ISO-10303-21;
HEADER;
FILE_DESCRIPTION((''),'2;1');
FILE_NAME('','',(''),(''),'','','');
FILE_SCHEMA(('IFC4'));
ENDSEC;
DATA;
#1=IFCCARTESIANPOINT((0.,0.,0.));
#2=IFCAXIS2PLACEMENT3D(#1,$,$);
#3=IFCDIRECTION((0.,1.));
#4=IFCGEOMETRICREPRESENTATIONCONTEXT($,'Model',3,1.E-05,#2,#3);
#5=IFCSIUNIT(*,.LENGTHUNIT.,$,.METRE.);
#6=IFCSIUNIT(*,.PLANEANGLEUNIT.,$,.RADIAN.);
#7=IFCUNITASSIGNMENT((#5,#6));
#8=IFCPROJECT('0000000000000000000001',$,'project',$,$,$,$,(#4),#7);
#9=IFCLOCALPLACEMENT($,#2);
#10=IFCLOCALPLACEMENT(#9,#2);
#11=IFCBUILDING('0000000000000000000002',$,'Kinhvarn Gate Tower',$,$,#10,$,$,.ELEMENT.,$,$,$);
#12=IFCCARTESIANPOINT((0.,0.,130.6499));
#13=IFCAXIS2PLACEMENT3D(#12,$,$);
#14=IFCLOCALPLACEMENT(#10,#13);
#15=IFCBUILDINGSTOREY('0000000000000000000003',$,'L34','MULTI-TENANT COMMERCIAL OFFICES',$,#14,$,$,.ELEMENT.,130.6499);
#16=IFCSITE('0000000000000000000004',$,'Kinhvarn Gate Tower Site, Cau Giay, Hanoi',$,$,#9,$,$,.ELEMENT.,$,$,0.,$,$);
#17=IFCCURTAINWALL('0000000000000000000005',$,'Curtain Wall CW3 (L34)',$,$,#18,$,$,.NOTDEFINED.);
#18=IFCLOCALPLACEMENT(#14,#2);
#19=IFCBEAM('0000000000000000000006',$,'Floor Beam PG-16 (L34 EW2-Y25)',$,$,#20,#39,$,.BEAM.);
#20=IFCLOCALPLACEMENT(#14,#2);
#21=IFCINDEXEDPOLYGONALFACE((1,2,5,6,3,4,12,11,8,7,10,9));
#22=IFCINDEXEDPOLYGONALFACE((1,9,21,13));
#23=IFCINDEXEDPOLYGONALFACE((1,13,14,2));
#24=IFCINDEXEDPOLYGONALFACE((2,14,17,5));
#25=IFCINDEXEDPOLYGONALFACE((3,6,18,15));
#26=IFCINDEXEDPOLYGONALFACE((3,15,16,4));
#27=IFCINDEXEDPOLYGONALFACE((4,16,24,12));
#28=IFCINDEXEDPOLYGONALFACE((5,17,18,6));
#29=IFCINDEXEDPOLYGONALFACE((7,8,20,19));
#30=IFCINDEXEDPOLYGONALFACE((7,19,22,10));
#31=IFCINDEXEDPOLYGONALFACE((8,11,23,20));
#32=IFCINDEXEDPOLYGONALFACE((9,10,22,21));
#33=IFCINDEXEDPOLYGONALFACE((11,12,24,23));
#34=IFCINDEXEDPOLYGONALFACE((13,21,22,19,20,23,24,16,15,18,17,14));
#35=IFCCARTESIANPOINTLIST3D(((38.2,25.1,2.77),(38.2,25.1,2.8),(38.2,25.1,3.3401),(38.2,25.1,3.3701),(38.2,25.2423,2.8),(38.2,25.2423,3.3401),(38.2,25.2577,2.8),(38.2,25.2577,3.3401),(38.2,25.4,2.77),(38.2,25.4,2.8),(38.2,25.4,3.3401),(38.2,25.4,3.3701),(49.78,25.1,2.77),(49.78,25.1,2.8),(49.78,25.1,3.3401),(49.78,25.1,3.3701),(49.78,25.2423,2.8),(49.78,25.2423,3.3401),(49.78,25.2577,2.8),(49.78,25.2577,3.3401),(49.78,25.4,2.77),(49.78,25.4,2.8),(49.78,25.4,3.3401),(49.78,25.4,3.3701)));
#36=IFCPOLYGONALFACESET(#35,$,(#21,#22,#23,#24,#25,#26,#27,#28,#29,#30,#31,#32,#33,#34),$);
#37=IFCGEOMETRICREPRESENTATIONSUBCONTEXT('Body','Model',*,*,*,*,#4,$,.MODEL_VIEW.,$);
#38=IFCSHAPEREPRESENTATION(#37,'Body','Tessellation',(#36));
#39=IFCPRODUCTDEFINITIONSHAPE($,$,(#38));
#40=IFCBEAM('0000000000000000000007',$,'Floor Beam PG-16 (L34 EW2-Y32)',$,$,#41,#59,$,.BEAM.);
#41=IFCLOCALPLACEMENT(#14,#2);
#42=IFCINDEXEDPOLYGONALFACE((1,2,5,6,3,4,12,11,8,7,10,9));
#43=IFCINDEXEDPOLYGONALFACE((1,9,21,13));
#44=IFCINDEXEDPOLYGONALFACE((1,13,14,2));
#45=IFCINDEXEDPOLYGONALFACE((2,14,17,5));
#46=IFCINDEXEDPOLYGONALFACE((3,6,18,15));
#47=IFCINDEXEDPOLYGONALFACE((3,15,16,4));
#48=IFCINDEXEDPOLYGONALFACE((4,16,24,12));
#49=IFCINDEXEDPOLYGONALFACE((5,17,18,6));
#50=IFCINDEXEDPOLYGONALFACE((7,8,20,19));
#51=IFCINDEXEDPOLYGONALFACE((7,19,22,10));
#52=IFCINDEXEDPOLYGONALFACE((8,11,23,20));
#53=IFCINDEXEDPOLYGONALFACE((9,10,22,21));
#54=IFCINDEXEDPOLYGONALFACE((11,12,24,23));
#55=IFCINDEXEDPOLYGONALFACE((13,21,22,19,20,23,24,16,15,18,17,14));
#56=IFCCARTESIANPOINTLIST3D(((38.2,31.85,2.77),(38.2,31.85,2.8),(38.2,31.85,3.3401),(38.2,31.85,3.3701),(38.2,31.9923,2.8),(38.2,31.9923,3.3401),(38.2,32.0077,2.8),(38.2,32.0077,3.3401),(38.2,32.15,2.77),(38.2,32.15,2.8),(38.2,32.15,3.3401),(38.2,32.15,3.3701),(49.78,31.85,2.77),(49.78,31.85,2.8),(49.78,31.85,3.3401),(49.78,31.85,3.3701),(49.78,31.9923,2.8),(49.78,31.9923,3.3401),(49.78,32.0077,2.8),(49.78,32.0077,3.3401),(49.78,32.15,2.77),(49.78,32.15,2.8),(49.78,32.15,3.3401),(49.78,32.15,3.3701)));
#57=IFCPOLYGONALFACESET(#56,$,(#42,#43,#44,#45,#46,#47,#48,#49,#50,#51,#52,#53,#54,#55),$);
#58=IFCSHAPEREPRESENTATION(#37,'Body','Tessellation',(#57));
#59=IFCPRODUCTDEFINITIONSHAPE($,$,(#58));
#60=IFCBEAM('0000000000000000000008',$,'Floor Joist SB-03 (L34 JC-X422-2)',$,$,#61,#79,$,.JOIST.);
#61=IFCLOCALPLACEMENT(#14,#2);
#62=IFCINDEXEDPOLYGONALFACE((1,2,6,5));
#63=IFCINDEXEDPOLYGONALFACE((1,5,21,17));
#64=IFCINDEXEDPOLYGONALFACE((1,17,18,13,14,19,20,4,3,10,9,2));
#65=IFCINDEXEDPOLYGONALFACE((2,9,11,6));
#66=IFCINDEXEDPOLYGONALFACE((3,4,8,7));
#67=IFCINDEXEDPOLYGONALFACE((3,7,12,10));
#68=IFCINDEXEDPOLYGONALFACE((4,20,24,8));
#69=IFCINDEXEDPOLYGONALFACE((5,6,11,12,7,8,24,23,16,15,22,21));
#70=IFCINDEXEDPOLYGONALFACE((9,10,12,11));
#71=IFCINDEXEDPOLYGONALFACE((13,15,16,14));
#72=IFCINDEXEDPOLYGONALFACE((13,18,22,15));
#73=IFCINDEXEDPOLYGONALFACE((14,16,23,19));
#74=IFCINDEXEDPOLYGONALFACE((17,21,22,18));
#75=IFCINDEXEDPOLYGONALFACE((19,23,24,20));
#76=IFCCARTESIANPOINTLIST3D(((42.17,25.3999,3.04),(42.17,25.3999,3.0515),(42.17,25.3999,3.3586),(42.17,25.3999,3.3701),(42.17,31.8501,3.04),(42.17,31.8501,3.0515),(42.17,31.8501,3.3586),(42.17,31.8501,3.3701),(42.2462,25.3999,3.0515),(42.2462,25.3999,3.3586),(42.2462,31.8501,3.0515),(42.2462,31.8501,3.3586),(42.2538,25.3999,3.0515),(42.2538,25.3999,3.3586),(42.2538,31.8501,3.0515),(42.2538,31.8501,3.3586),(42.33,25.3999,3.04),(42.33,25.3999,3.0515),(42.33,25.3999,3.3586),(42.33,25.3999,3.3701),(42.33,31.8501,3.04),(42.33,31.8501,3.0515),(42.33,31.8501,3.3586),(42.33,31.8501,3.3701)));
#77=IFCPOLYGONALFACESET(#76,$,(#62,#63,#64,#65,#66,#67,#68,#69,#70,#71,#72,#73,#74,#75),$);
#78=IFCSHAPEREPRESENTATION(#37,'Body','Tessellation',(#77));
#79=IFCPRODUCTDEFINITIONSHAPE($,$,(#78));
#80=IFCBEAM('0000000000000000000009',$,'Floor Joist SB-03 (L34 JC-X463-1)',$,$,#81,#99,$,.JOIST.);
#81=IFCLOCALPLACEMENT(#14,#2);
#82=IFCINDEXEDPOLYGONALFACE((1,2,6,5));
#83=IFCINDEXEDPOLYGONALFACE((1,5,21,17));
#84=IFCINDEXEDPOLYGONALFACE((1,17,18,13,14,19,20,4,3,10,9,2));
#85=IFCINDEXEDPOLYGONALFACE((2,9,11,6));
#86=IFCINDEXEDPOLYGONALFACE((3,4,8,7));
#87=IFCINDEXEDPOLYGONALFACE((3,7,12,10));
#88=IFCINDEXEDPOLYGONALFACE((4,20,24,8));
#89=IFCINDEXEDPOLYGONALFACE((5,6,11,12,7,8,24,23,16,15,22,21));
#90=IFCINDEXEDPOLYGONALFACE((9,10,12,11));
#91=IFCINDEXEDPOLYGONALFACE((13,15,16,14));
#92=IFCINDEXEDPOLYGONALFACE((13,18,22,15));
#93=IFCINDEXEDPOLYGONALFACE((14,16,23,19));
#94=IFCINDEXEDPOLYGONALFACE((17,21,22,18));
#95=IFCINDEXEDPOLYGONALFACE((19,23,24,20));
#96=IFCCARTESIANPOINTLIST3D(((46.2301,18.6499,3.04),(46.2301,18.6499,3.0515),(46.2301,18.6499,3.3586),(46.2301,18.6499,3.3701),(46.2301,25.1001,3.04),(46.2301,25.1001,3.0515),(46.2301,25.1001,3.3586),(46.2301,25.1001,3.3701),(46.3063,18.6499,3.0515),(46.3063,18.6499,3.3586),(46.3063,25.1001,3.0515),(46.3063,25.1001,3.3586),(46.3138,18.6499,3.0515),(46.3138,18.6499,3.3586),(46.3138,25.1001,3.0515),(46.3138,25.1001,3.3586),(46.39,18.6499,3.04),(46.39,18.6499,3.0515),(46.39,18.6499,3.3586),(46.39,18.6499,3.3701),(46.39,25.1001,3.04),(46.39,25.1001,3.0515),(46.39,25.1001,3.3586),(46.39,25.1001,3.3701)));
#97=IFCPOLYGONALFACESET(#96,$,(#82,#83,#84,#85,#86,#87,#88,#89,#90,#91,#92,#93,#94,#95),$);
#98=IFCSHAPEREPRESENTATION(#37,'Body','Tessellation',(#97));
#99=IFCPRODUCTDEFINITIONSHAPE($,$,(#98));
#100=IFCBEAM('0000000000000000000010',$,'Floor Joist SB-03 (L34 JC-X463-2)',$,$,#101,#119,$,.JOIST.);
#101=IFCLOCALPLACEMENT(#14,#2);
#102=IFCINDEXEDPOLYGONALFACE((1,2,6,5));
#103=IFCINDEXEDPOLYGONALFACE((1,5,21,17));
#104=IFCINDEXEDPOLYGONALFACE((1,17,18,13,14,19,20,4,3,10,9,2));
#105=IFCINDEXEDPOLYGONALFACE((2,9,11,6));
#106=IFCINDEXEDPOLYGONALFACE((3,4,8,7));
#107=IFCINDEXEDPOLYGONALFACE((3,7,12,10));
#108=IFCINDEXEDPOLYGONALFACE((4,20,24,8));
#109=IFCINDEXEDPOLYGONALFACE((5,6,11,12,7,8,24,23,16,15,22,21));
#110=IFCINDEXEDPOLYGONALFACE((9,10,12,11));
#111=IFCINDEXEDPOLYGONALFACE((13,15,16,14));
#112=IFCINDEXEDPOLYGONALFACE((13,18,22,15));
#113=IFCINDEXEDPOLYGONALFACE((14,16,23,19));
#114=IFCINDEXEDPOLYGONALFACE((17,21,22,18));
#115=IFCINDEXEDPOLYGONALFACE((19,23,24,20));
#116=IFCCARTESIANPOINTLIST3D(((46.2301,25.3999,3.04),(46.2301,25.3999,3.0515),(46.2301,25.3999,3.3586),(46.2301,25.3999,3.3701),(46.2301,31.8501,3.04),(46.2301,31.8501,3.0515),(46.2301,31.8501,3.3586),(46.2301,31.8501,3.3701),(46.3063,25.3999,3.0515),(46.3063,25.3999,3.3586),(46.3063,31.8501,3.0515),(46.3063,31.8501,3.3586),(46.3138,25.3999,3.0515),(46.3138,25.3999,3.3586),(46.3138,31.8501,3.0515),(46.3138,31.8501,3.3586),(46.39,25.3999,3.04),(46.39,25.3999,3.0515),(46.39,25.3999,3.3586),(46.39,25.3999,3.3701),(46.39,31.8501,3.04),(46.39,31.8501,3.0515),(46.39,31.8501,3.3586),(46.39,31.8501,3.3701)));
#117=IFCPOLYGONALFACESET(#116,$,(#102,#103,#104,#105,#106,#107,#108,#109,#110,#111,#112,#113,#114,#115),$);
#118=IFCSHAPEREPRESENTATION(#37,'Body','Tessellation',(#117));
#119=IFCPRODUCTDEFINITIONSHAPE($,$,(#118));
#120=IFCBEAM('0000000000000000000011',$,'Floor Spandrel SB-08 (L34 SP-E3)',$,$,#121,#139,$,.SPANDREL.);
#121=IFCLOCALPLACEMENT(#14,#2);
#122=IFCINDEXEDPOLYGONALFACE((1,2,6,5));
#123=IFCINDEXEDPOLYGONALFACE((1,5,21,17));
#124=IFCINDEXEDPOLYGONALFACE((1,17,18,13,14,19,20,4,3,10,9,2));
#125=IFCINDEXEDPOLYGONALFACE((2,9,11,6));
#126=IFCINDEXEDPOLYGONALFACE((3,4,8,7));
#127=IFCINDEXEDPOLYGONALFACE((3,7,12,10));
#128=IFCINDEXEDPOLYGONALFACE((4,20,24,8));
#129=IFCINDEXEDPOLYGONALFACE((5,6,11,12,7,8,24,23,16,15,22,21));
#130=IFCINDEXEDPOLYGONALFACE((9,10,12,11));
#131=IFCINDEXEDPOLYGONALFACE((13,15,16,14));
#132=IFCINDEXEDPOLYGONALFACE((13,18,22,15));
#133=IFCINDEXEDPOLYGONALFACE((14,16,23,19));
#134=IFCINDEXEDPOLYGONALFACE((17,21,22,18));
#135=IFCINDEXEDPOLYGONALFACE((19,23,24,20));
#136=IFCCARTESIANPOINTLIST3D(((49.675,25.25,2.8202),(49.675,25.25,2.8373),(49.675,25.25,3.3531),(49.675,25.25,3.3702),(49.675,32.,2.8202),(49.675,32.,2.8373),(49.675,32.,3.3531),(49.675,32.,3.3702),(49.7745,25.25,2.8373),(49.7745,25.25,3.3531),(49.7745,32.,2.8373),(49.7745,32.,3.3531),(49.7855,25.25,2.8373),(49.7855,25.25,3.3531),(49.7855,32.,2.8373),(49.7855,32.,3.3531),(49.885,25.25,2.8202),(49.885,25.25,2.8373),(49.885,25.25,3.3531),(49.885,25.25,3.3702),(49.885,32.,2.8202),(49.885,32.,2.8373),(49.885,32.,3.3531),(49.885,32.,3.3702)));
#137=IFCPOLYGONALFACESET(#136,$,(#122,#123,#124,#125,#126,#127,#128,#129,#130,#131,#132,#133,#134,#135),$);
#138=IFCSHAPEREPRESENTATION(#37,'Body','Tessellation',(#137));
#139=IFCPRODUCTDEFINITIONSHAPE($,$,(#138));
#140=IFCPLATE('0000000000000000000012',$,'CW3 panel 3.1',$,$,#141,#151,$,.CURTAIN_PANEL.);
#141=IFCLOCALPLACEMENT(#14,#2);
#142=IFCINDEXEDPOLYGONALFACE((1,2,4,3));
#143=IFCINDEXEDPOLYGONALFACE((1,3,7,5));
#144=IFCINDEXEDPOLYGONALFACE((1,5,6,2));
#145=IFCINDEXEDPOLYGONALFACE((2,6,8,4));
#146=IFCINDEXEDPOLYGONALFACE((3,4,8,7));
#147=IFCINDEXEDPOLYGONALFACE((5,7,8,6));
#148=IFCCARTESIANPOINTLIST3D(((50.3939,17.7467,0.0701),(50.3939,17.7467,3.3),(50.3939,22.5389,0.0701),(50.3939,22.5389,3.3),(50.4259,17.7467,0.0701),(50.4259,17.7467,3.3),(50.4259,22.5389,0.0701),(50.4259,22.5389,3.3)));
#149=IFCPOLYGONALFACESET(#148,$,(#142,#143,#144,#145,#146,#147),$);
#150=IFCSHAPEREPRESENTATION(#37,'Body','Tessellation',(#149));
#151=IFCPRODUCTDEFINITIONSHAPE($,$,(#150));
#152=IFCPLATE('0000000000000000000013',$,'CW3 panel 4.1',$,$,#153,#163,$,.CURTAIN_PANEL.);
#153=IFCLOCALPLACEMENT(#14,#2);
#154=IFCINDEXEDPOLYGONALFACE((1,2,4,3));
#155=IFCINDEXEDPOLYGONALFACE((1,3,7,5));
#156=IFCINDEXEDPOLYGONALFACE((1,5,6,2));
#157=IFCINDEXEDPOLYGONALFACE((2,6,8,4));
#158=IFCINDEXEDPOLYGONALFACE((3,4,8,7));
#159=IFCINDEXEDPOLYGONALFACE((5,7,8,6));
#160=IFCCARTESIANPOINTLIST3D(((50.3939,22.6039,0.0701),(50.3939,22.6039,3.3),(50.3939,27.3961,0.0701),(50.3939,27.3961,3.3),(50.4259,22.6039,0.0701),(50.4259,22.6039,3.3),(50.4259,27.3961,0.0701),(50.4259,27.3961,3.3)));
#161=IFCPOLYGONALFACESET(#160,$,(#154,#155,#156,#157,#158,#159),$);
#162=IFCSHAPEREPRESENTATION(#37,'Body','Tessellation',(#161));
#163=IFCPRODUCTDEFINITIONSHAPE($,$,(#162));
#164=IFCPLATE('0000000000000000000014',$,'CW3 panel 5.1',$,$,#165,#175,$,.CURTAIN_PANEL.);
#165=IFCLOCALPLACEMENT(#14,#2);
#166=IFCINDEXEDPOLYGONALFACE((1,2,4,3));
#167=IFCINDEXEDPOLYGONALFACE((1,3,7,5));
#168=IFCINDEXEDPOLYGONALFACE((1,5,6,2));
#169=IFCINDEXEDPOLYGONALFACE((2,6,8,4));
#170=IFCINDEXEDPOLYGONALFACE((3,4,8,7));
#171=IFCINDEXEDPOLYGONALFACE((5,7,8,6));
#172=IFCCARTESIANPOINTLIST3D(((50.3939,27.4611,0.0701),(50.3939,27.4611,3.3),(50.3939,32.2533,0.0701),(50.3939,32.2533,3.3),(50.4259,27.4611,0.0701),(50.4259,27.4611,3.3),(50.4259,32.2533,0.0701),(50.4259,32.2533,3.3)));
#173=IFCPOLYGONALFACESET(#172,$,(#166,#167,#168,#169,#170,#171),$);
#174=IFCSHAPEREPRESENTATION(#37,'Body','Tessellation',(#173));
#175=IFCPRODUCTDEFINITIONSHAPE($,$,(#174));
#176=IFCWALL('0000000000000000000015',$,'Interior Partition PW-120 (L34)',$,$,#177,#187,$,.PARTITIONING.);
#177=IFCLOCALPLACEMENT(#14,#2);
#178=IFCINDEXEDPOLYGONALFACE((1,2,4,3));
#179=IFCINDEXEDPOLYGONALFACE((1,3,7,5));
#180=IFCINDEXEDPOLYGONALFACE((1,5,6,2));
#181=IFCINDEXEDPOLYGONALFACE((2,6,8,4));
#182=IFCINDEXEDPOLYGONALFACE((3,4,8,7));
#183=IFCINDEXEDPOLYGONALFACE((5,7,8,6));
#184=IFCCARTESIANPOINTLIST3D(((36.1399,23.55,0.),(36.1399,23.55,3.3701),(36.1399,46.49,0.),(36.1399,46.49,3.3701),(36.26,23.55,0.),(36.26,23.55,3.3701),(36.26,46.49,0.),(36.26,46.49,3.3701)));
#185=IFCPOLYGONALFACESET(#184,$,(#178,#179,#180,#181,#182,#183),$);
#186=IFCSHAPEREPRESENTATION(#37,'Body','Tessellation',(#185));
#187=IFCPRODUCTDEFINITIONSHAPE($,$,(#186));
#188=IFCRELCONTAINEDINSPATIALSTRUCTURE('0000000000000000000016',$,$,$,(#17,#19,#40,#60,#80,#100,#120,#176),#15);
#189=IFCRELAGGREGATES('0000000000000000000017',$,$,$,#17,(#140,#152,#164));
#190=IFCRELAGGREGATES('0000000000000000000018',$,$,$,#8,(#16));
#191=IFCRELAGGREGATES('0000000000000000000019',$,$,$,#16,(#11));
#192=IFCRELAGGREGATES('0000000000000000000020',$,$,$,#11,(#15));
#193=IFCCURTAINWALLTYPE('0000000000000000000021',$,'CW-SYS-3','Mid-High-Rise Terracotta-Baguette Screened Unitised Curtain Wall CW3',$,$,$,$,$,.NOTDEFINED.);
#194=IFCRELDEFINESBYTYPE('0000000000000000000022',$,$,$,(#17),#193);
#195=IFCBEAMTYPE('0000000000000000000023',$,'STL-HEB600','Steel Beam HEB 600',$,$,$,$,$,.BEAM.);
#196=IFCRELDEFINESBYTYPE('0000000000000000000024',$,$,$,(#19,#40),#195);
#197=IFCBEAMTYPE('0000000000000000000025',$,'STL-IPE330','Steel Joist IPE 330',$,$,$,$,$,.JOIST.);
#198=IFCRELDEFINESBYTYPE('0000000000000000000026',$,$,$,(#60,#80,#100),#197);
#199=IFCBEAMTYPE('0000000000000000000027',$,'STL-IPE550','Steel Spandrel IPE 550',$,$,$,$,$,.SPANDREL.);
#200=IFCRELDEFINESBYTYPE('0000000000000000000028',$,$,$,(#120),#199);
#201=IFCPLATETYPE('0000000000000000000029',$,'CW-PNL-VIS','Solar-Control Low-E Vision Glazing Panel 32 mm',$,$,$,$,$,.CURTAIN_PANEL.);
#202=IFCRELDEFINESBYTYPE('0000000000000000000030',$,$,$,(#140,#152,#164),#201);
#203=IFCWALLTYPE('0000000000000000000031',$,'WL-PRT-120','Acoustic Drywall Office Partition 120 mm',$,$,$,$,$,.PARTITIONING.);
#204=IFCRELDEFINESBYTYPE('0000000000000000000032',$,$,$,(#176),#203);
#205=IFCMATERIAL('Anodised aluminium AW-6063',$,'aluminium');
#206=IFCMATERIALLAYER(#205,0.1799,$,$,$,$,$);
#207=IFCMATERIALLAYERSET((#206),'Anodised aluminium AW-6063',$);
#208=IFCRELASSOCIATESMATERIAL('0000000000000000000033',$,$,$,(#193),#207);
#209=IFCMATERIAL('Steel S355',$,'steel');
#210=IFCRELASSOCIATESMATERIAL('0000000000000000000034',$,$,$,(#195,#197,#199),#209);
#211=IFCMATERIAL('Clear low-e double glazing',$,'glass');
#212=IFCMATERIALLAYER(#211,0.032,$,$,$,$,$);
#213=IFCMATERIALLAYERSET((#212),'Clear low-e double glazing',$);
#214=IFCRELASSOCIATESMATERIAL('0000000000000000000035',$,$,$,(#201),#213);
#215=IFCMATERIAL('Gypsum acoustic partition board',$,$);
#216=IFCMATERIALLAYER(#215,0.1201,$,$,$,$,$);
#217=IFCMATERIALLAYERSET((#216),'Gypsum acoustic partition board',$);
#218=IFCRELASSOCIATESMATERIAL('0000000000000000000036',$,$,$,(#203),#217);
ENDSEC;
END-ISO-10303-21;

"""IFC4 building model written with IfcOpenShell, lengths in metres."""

from ifc_helpers import new_model, si_unit, direction, frame, frame_2d, origin, origin_2d, place, context, subcontext, project, spatial, rectangle, i_section, extrude, material, layer, layer_set, material_profile, profile_set, type_object, element, aggregate, save


model = new_model("IFC4")

# Units and contexts
model_context = context("Model", 3, precision=1e-05, world=origin(), true_north=direction((0.0, 1.0)))
body_context = subcontext(model_context, "Body", "Model", "MODEL_VIEW")
ifc_project = project(units=[si_unit("LENGTHUNIT", "METRE"), si_unit("PLANEANGLEUNIT", "RADIAN")], contexts=[model_context])

# Site, building, storey
site_placement = place(None, origin())
site = spatial("IfcSite", under=ifc_project, at=site_placement, Name="Kinhvarn Gate Tower Site, Cau Giay, Hanoi", CompositionType="ELEMENT", RefElevation=0.0)
building_placement = place(site_placement, origin())
building = spatial("IfcBuilding", under=site, at=building_placement, Name="Kinhvarn Gate Tower", CompositionType="ELEMENT")
storey_placement = place(building_placement, frame((0.0, 0.0, 130.6499)))
storey = spatial("IfcBuildingStorey", under=building, at=storey_placement, Name="L34", Description="MULTI-TENANT COMMERCIAL OFFICES", CompositionType="ELEMENT", Elevation=130.6499)

# Curtain wall
ifc_material_1 = material(Name="Anodised aluminium AW-6063", Category="aluminium")
ifc_layer_1 = layer(ifc_material_1, 0.1799)
ifc_layer_set_1 = layer_set([ifc_layer_1], Name="Anodised aluminium AW-6063")
curtain_wall_type = type_object("IfcCurtainWallType", Name="CW-SYS-3", Description="Mid-High-Rise Terracotta-Baguette Screened Unitised Curtain Wall CW3", PredefinedType="NOTDEFINED", material=ifc_layer_set_1)
curtain_wall_placement = place(storey_placement, origin())
curtain_wall = element("IfcCurtainWall", 1, at=curtain_wall_placement, inside=storey, type_object=curtain_wall_type, Name="Curtain Wall CW3 (L34)", PredefinedType="NOTDEFINED")

# Beams
ifc_material_2 = material(Name="Steel S355", Category="steel")
ifc_material_profile_1 = material_profile(ifc_material_2, i_section(OverallWidth=0.3, OverallDepth=0.6001, WebThickness=0.0154, FlangeThickness=0.03, at=origin_2d()), Name="HEB 600")
ifc_profile_set_1 = profile_set([ifc_material_profile_1], Name="Steel S355")
beam_type_1 = type_object("IfcBeamType", Name="STL-HEB600", Description="Steel Beam HEB 600", PredefinedType="BEAM", material=ifc_profile_set_1)
for number, where, z_axis, x_axis, name in (
    (2, (38.2, 25.25, 3.0701), (1.0, 0.0, 0.0), (0.0, 1.0, 0.0), "Floor Beam PG-16 (L34 EW2-Y25)"),
    (3, (38.2, 32.0, 3.0701), (1.0, 0.0, 0.0), (0.0, 1.0, 0.0), "Floor Beam PG-16 (L34 EW2-Y32)"),
):
    element("IfcBeam", number, at=place(storey_placement, frame(where, z_axis=z_axis, x_axis=x_axis)), inside=storey, type_object=beam_type_1, Name=name, PredefinedType="BEAM", context=body_context, shape_type="SweptSolid", body=[
        extrude(i_section(OverallWidth=0.3, OverallDepth=0.6001, WebThickness=0.0154, FlangeThickness=0.03, at=origin_2d()), origin(), (0.0, 0.0, 1.0), 11.5801),
    ])
ifc_material_profile_2 = material_profile(ifc_material_2, i_section(OverallWidth=0.1599, OverallDepth=0.3301, WebThickness=0.0076, FlangeThickness=0.0115, at=origin_2d()), Name="IPE 330")
ifc_profile_set_2 = profile_set([ifc_material_profile_2], Name="Steel S355")
beam_type_2 = type_object("IfcBeamType", Name="STL-IPE330", Description="Steel Joist IPE 330", PredefinedType="JOIST", material=ifc_profile_set_2)
for number, where, z_axis, x_axis, name in (
    (4, (42.25, 25.3999, 3.2051), (0.0, 1.0, 0.0), (-1.0, 0.0, 0.0), "Floor Joist SB-03 (L34 JC-X422-2)"),
    (5, (46.3101, 18.6499, 3.2051), (0.0, 1.0, 0.0), (-1.0, 0.0, 0.0), "Floor Joist SB-03 (L34 JC-X463-1)"),
    (6, (46.3101, 25.3999, 3.2051), (0.0, 1.0, 0.0), (-1.0, 0.0, 0.0), "Floor Joist SB-03 (L34 JC-X463-2)"),
):
    element("IfcBeam", number, at=place(storey_placement, frame(where, z_axis=z_axis, x_axis=x_axis)), inside=storey, type_object=beam_type_2, Name=name, PredefinedType="JOIST", context=body_context, shape_type="SweptSolid", body=[
        extrude(i_section(OverallWidth=0.1599, OverallDepth=0.3301, WebThickness=0.0076, FlangeThickness=0.0115, at=origin_2d()), origin(), (0.0, 0.0, 1.0), 6.4502),
    ])
ifc_material_profile_3 = material_profile(ifc_material_2, i_section(OverallWidth=0.21, OverallDepth=0.55, WebThickness=0.011, FlangeThickness=0.0171, at=origin_2d()), Name="IPE 550")
ifc_profile_set_3 = profile_set([ifc_material_profile_3], Name="Steel S355")
beam_type_3 = type_object("IfcBeamType", Name="STL-IPE550", Description="Steel Spandrel IPE 550", PredefinedType="SPANDREL", material=ifc_profile_set_3)
beam_1_placement = place(storey_placement, frame((49.78, 25.25, 3.0952), z_axis=(0.0, 1.0, 0.0), x_axis=(-1.0, 0.0, 0.0)))
element("IfcBeam", 7, at=beam_1_placement, inside=storey, type_object=beam_type_3, Name="Floor Spandrel SB-08 (L34 SP-E3)", PredefinedType="SPANDREL", context=body_context, shape_type="SweptSolid", body=[
    extrude(i_section(OverallWidth=0.21, OverallDepth=0.55, WebThickness=0.011, FlangeThickness=0.0171, at=origin_2d()), origin(), (0.0, 0.0, 1.0), 6.75),
])

# Plates
ifc_material_3 = material(Name="Clear low-e double glazing", Category="glass")
ifc_layer_2 = layer(ifc_material_3, 0.032)
ifc_layer_set_2 = layer_set([ifc_layer_2], Name="Clear low-e double glazing")
plate_type = type_object("IfcPlateType", Name="CW-PNL-VIS", Description="Solar-Control Low-E Vision Glazing Panel 32 mm", PredefinedType="CURTAIN_PANEL", material=ifc_layer_set_2)
plate_1_placement = place(storey_placement, frame((50.4099, 20.1428, 0.0701), z_axis=(0.0, 0.0, 1.0), x_axis=(0.0, 1.0, 0.0)))
plate_1 = element("IfcPlate", 8, at=plate_1_placement, type_object=plate_type, Name="CW3 panel 3.1", PredefinedType="CURTAIN_PANEL", context=body_context, shape_type="SweptSolid", body=[
    extrude(rectangle(XDim=4.7922, YDim=0.032, at=origin_2d()), origin(), (0.0, 0.0, 1.0), 3.23),
])
plate_2_placement = place(storey_placement, frame((50.4099, 25.0, 0.0701), z_axis=(0.0, 0.0, 1.0), x_axis=(0.0, 1.0, 0.0)))
plate_2 = element("IfcPlate", 9, at=plate_2_placement, type_object=plate_type, Name="CW3 panel 4.1", PredefinedType="CURTAIN_PANEL", context=body_context, shape_type="SweptSolid", body=[
    extrude(rectangle(XDim=4.7922, YDim=0.032, at=origin_2d()), origin(), (0.0, 0.0, 1.0), 3.23),
])
plate_3_placement = place(storey_placement, frame((50.4099, 29.8572, 0.0701), z_axis=(0.0, 0.0, 1.0), x_axis=(0.0, 1.0, 0.0)))
plate_3 = element("IfcPlate", 10, at=plate_3_placement, type_object=plate_type, Name="CW3 panel 5.1", PredefinedType="CURTAIN_PANEL", context=body_context, shape_type="SweptSolid", body=[
    extrude(rectangle(XDim=4.7922, YDim=0.032, at=origin_2d()), origin(), (0.0, 0.0, 1.0), 3.23),
])
aggregate(curtain_wall, [plate_1, plate_2, plate_3])

# Wall
ifc_material_4 = material(Name="Gypsum acoustic partition board")
ifc_layer_3 = layer(ifc_material_4, 0.1201)
ifc_layer_set_3 = layer_set([ifc_layer_3], Name="Gypsum acoustic partition board")
wall_type = type_object("IfcWallType", Name="WL-PRT-120", Description="Acoustic Drywall Office Partition 120 mm", PredefinedType="PARTITIONING", material=ifc_layer_set_3)
wall_placement = place(storey_placement, frame((36.2, 23.55, 0.0), z_axis=(0.0, 0.0, 1.0), x_axis=(0.0, 1.0, 0.0)))
element("IfcWall", 11, at=wall_placement, inside=storey, type_object=wall_type, Name="Interior Partition PW-120 (L34)", PredefinedType="PARTITIONING", context=body_context, shape_type="SweptSolid", body=[
    extrude(rectangle(XDim=22.9399, YDim=0.1201, at=frame_2d((11.47, 0.0))), origin(), (0.0, 0.0, 1.0), 3.3701),
])

save(model, "model.ifc")
